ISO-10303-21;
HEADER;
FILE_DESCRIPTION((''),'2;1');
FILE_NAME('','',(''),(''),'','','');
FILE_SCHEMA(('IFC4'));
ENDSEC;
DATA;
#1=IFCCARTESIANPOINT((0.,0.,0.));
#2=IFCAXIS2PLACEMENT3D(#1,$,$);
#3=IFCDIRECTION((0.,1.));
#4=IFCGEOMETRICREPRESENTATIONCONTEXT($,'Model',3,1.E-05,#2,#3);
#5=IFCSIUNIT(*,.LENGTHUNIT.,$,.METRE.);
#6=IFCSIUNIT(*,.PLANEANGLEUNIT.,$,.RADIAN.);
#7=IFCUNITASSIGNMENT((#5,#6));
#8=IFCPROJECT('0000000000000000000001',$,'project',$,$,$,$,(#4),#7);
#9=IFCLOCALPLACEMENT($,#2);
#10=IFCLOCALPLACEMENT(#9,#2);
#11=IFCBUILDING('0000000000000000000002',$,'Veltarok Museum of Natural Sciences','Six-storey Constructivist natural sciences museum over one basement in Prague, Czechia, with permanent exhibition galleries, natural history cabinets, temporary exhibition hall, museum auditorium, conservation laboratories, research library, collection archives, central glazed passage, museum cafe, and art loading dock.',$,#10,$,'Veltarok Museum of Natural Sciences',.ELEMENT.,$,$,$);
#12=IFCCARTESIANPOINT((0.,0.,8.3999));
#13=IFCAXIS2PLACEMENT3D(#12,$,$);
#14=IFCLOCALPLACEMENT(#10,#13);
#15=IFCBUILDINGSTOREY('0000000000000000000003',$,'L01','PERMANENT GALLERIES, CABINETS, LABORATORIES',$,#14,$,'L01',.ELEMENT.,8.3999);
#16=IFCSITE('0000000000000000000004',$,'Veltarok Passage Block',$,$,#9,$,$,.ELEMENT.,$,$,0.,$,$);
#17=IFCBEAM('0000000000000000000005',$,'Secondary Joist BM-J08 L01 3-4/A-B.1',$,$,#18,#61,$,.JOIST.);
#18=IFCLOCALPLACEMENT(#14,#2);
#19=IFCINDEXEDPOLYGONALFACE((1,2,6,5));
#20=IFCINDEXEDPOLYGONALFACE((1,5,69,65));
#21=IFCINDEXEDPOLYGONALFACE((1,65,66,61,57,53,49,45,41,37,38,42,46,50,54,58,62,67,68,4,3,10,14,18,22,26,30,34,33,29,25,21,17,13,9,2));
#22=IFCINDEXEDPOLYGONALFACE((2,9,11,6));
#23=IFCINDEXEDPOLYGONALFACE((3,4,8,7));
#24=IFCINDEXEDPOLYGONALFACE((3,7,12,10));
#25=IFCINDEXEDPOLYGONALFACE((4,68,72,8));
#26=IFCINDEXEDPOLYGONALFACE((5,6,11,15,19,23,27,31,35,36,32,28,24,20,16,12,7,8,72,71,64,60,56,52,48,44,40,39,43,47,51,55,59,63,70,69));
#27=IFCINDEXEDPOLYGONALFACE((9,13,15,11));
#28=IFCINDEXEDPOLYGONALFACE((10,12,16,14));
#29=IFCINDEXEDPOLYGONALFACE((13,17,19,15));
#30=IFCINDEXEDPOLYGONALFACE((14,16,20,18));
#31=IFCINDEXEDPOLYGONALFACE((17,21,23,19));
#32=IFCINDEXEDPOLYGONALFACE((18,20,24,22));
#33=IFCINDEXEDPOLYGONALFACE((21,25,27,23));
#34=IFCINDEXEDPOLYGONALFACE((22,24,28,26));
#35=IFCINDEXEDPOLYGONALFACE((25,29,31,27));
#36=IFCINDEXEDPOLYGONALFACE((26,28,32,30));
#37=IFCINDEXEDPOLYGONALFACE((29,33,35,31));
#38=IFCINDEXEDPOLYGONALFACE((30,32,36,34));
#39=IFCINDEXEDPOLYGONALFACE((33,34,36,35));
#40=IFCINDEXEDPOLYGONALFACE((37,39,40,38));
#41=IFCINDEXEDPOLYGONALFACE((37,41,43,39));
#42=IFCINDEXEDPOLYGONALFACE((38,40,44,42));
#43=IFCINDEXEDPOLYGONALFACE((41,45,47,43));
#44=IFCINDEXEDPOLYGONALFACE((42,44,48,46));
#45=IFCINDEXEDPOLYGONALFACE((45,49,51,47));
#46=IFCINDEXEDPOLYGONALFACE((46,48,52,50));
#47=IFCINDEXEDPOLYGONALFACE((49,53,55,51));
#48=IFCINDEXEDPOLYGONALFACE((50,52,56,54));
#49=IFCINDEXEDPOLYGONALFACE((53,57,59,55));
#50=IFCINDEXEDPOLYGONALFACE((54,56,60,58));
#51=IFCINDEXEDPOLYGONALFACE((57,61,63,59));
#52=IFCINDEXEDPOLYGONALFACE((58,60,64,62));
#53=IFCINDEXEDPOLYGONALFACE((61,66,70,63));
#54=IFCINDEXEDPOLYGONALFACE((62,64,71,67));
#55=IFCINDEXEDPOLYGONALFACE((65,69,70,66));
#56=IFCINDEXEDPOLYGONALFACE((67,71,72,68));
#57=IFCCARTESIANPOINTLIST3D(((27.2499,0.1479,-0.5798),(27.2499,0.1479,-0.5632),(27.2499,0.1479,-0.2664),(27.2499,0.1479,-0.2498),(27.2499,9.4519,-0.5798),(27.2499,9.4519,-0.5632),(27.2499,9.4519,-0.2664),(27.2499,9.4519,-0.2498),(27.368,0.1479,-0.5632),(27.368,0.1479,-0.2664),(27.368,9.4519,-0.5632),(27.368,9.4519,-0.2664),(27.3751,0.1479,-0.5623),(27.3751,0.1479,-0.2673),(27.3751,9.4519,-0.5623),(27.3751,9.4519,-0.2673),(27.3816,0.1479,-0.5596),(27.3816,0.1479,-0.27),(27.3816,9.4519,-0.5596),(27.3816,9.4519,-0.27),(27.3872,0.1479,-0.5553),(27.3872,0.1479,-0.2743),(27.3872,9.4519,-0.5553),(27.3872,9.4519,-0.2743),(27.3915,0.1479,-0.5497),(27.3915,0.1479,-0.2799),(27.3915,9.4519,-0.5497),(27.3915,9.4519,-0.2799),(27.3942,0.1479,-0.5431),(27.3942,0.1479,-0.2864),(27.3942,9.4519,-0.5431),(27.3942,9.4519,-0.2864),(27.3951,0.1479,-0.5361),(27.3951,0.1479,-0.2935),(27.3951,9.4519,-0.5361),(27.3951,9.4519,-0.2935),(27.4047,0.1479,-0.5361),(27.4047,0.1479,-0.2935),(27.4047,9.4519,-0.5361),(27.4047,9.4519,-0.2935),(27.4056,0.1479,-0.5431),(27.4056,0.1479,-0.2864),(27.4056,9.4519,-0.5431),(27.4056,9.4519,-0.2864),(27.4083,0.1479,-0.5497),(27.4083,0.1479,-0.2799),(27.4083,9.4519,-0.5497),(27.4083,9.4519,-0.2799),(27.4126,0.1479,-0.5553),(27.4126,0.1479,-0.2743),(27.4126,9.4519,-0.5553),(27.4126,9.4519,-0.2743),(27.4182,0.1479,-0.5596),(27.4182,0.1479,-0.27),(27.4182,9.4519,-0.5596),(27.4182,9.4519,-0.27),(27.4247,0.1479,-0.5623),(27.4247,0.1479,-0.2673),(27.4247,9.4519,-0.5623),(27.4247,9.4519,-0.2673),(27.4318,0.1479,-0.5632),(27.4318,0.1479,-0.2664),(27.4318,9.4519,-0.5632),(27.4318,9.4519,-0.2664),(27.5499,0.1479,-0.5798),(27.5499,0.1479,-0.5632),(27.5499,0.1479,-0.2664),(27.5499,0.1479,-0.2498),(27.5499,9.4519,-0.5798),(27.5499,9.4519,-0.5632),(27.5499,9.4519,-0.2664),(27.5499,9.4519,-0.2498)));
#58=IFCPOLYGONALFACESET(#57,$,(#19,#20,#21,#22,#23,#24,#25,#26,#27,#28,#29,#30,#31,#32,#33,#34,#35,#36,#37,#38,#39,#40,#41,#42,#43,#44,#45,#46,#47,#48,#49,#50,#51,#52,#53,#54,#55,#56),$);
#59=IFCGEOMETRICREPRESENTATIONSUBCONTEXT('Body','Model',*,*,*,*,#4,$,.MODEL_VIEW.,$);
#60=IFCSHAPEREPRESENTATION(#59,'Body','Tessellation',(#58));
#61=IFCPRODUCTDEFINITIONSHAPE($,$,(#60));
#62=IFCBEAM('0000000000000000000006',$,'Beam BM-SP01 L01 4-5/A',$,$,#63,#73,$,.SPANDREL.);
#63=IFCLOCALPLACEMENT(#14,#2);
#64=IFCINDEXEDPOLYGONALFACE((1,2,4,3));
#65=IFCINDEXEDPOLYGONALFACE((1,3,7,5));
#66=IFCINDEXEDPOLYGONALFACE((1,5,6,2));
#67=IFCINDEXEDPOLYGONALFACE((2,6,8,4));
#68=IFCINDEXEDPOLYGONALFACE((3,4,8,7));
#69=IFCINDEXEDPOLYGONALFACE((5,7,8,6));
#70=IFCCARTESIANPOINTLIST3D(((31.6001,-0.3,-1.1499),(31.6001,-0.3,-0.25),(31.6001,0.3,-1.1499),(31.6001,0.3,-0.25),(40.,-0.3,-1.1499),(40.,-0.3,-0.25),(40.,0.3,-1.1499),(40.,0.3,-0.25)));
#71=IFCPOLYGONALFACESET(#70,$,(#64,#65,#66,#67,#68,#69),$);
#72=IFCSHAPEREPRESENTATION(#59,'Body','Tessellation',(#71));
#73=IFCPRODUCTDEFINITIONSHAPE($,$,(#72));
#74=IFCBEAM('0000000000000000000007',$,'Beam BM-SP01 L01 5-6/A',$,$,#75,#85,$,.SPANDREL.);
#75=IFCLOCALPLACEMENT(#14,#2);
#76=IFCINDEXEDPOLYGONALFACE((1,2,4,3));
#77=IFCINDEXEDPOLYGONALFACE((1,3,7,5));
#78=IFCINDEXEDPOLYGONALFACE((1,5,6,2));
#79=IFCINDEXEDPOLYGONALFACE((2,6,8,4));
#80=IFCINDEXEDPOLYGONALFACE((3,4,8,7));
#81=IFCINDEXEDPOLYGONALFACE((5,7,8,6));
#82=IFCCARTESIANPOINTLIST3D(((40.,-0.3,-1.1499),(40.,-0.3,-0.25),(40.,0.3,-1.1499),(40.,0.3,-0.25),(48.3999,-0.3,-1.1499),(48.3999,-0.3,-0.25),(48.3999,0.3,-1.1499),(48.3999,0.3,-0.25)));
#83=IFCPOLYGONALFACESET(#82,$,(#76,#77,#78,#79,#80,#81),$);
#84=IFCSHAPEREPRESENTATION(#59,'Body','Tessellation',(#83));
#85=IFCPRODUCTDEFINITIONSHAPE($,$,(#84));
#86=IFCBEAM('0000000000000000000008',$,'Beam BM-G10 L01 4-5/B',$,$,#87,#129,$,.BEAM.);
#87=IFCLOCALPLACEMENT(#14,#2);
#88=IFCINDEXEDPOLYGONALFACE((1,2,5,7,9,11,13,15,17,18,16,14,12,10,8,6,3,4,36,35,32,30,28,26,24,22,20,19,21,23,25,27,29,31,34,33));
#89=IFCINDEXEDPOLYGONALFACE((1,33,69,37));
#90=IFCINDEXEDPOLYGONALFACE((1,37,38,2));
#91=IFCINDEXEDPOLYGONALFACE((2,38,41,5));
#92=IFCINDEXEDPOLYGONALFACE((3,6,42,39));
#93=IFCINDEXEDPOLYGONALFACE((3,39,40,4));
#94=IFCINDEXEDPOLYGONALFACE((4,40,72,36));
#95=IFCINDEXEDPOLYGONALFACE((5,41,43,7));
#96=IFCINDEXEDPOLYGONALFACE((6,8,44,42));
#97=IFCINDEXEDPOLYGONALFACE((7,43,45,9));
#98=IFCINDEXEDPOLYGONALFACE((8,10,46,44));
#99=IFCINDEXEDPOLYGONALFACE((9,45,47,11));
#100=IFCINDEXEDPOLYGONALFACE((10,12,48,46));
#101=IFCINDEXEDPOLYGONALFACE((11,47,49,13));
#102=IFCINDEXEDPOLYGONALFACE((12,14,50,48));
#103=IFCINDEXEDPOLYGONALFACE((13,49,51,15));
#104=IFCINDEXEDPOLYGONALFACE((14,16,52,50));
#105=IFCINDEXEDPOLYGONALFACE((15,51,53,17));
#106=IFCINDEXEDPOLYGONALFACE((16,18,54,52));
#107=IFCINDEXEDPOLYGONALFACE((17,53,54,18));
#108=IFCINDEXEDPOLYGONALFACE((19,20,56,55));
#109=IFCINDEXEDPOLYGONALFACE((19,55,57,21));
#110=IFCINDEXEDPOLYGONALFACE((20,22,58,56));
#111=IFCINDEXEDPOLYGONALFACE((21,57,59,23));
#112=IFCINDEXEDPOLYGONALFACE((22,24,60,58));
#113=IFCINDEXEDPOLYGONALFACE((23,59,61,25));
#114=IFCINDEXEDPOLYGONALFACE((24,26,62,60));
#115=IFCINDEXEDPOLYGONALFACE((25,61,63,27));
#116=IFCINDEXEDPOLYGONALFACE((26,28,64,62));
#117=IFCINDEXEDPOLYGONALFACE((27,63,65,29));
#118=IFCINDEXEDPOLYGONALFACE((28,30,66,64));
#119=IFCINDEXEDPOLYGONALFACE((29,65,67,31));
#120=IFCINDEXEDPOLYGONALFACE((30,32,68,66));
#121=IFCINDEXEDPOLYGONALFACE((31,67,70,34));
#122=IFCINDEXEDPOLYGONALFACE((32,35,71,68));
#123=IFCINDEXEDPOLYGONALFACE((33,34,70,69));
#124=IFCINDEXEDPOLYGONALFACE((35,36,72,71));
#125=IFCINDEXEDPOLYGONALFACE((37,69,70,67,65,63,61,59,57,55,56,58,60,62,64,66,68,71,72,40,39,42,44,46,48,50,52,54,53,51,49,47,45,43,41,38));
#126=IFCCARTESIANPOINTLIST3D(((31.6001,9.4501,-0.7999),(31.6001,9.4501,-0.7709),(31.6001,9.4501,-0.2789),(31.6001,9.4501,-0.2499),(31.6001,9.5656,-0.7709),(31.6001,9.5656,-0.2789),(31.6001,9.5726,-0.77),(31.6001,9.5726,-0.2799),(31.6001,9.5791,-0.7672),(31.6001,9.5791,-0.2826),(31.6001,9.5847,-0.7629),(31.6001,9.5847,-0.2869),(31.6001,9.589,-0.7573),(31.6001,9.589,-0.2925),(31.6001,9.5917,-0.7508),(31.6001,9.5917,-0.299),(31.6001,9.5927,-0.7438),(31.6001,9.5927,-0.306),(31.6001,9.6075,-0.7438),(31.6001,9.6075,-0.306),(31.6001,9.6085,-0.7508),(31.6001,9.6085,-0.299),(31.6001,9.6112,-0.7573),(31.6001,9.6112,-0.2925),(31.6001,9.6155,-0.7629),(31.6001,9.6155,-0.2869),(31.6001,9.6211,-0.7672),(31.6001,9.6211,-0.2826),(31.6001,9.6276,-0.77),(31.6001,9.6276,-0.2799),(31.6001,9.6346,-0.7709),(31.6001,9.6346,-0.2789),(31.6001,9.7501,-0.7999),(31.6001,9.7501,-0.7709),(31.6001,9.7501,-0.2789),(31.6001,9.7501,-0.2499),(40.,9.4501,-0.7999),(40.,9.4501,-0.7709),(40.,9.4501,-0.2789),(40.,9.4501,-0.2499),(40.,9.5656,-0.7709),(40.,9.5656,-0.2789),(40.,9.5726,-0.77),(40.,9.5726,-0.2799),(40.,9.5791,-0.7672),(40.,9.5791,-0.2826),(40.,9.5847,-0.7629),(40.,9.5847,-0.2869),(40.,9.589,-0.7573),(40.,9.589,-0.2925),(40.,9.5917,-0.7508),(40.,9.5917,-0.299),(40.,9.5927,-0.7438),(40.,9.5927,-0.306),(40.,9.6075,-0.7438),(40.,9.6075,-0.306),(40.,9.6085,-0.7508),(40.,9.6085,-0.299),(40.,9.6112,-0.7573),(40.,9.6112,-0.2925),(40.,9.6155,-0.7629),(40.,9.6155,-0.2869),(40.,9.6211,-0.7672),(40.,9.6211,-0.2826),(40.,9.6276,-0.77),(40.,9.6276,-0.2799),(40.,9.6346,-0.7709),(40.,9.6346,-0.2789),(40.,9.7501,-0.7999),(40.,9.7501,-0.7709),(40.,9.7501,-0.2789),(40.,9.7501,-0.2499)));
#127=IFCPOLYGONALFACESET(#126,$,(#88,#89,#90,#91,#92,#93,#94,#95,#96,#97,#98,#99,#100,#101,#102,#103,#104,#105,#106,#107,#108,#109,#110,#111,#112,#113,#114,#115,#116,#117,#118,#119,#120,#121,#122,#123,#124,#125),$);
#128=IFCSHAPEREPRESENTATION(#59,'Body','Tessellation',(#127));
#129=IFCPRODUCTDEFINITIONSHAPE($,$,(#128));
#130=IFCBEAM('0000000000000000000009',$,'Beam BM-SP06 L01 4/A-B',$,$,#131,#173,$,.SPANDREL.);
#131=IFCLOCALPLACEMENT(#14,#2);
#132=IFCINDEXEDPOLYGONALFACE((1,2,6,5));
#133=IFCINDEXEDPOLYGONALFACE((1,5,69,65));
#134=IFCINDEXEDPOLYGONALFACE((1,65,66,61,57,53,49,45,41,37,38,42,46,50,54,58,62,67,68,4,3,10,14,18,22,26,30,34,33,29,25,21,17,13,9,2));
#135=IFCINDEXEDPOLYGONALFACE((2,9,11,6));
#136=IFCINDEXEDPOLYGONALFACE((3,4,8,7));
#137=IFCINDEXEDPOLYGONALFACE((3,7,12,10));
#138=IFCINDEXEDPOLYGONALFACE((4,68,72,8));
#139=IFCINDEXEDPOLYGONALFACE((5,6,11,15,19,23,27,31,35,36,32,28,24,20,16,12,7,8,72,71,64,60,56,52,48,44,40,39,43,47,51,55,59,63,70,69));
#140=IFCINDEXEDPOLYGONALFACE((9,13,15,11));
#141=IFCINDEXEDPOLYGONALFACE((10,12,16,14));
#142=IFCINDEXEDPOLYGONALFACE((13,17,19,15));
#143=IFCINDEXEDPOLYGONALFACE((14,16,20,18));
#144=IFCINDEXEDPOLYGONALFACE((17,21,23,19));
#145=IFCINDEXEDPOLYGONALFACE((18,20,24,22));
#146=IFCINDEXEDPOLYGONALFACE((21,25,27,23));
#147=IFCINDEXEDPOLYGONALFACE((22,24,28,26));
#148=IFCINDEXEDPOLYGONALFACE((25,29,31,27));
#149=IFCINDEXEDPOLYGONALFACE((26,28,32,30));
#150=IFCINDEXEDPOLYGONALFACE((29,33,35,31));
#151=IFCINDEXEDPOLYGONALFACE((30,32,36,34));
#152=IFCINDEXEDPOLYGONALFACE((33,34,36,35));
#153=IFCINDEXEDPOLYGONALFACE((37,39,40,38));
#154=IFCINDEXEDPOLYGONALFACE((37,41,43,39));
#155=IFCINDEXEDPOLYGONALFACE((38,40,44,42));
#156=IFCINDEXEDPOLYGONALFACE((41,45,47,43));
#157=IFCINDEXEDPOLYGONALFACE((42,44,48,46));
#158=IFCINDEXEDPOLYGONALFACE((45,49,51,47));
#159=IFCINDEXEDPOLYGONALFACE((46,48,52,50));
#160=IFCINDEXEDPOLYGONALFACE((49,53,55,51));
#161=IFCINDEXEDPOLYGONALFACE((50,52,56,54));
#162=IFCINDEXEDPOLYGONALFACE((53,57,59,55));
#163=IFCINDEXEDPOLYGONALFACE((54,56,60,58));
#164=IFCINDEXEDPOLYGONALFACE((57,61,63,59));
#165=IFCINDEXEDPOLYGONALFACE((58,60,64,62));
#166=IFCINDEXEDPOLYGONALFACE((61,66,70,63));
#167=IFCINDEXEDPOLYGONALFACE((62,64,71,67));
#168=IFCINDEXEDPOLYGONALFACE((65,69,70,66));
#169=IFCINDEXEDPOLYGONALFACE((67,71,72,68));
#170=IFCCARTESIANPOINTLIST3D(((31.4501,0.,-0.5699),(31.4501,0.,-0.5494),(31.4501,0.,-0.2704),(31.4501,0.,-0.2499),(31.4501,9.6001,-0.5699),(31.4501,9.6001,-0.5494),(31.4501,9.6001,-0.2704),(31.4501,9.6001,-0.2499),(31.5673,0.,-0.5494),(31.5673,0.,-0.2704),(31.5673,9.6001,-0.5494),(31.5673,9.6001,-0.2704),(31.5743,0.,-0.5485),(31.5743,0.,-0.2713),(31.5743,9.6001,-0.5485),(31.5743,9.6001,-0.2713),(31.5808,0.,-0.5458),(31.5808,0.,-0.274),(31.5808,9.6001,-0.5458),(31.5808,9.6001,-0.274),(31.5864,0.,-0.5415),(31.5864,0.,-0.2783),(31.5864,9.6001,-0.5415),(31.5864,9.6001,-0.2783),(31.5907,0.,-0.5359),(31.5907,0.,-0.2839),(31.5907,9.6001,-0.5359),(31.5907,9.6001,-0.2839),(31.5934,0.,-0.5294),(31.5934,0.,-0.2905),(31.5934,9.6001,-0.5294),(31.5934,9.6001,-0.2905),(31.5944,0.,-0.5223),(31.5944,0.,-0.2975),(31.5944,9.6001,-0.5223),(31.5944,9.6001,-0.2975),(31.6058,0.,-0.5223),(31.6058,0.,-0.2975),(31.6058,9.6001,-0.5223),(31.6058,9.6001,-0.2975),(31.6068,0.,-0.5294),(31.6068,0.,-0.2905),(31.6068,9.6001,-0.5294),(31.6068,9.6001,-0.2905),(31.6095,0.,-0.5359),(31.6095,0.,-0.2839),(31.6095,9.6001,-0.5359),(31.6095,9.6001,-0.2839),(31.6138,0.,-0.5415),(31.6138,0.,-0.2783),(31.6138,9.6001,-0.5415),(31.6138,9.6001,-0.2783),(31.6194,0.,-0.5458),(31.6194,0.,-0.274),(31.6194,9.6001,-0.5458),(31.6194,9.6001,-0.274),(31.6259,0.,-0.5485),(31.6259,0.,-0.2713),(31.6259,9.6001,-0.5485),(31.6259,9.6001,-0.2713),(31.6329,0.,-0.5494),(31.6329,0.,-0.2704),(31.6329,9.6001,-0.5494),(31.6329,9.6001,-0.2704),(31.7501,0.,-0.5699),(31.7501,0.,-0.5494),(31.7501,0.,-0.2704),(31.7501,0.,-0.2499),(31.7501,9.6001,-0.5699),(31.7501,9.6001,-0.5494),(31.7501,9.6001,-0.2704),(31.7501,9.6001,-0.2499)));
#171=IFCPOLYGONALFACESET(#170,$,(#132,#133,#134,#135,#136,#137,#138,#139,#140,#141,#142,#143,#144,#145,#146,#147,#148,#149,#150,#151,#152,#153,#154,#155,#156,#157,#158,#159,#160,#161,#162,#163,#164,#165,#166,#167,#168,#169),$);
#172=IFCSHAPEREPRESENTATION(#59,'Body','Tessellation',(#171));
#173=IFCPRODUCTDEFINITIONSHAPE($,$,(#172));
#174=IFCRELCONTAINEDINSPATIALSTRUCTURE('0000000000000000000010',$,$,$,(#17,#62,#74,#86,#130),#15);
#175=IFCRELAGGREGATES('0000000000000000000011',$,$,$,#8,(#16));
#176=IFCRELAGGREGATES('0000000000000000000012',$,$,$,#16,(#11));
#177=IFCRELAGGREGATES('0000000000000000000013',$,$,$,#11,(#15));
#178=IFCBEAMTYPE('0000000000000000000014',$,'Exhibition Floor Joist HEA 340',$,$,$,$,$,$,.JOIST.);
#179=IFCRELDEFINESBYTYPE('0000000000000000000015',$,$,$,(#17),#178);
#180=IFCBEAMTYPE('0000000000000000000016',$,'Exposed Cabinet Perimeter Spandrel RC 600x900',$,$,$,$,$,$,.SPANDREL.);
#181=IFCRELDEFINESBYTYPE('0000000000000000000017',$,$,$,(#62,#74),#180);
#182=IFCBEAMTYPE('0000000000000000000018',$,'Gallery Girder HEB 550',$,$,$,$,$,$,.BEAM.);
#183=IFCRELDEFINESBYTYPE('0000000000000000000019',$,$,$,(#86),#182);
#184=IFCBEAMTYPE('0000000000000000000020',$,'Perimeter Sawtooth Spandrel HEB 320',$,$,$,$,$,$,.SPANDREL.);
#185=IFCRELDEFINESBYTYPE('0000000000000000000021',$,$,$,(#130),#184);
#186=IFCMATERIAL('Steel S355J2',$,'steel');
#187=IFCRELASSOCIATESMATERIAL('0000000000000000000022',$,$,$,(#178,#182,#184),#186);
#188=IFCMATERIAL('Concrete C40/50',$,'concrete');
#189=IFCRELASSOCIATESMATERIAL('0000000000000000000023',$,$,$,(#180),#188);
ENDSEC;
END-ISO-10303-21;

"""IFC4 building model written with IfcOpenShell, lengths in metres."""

from ifc_helpers import new_model, si_unit, direction, frame, origin, origin_2d, place, context, subcontext, project, spatial, rectangle, i_section, extrude, material, material_profile, profile_set, type_object, element, save


model = new_model("IFC4")

# Units and contexts
model_context = context("Model", 3, precision=1e-05, world=origin(), true_north=direction((0.0, 1.0)))
body_context = subcontext(model_context, "Body", "Model", "MODEL_VIEW")
ifc_project = project(units=[si_unit("LENGTHUNIT", "METRE"), si_unit("PLANEANGLEUNIT", "RADIAN")], contexts=[model_context])

# Site, building, storey
site_placement = place(None, origin())
site = spatial("IfcSite", under=ifc_project, at=site_placement, Name="Veltarok Passage Block", CompositionType="ELEMENT", RefElevation=0.0)
building_placement = place(site_placement, origin())
building = spatial("IfcBuilding", under=site, at=building_placement, Name="Veltarok Museum of Natural Sciences", Description="Six-storey Constructivist natural sciences museum over one basement in Prague, Czechia, with permanent exhibition galleries, natural history cabinets, temporary exhibition hall, museum auditorium, conservation laboratories, research library, collection archives, central glazed passage, museum cafe, and art loading dock.", LongName="Veltarok Museum of Natural Sciences", CompositionType="ELEMENT")
storey_placement = place(building_placement, frame((0.0, 0.0, 8.3999)))
storey = spatial("IfcBuildingStorey", under=building, at=storey_placement, Name="L01", Description="PERMANENT GALLERIES, CABINETS, LABORATORIES", LongName="L01", CompositionType="ELEMENT", Elevation=8.3999)

# Shared definitions
ifc_material_1 = material(Name="Concrete C40/50", Category="concrete")
ifc_material_2 = material(Name="Steel S355J2", Category="steel")

# Beams
ifc_material_profile_1 = material_profile(ifc_material_2, i_section(OverallWidth=0.3, OverallDepth=0.3301, WebThickness=0.0095, FlangeThickness=0.0166, FilletRadius=0.0271, at=origin_2d()), Name="HEA 340")
ifc_profile_set_1 = profile_set([ifc_material_profile_1], Name="Steel S355J2")
beam_type_1 = type_object("IfcBeamType", Name="Exhibition Floor Joist HEA 340", PredefinedType="JOIST", material=ifc_profile_set_1)
beam_1_placement = place(storey_placement, frame((27.3999, 0.1479, -0.4148), z_axis=(0.0, 1.0, 0.0), x_axis=(-1.0, 0.0, 0.0)))
element("IfcBeam", 1, at=beam_1_placement, inside=storey, type_object=beam_type_1, Name="Secondary Joist BM-J08 L01 3-4/A-B.1", PredefinedType="JOIST", context=body_context, shape_type="SweptSolid", body=[
    extrude(i_section(OverallWidth=0.3, OverallDepth=0.3301, WebThickness=0.0095, FlangeThickness=0.0166, FilletRadius=0.0271, at=origin_2d()), origin(), (0.0, 0.0, 1.0), 9.304),
])
ifc_material_profile_2 = material_profile(ifc_material_1, rectangle(XDim=0.6001, YDim=0.8999, at=origin_2d()), Name="RC 600x900")
ifc_profile_set_2 = profile_set([ifc_material_profile_2], Name="Concrete C40/50")
beam_type_2 = type_object("IfcBeamType", Name="Exposed Cabinet Perimeter Spandrel RC 600x900", PredefinedType="SPANDREL", material=ifc_profile_set_2)
for number, where, z_axis, x_axis, name in (
    (2, (31.6001, 0.0, -0.7), (1.0, 0.0, 0.0), (0.0, 1.0, 0.0), "Beam BM-SP01 L01 4-5/A"),
    (3, (40.0, 0.0, -0.7), (1.0, 0.0, 0.0), (0.0, 1.0, 0.0), "Beam BM-SP01 L01 5-6/A"),
):
    element("IfcBeam", number, at=place(storey_placement, frame(where, z_axis=z_axis, x_axis=x_axis)), inside=storey, type_object=beam_type_2, Name=name, PredefinedType="SPANDREL", context=body_context, shape_type="SweptSolid", body=[
        extrude(rectangle(XDim=0.6001, YDim=0.8999, at=origin_2d()), origin(), (0.0, 0.0, 1.0), 8.3999),
    ])
ifc_material_profile_3 = material_profile(ifc_material_2, i_section(OverallWidth=0.3, OverallDepth=0.55, WebThickness=0.0149, FlangeThickness=0.0291, FilletRadius=0.0271, at=origin_2d()), Name="HEB 550")
ifc_profile_set_3 = profile_set([ifc_material_profile_3], Name="Steel S355J2")
beam_type_3 = type_object("IfcBeamType", Name="Gallery Girder HEB 550", PredefinedType="BEAM", material=ifc_profile_set_3)
beam_2_placement = place(storey_placement, frame((31.6001, 9.6001, -0.5249), z_axis=(1.0, 0.0, 0.0), x_axis=(0.0, 1.0, 0.0)))
element("IfcBeam", 4, at=beam_2_placement, inside=storey, type_object=beam_type_3, Name="Beam BM-G10 L01 4-5/B", PredefinedType="BEAM", context=body_context, shape_type="SweptSolid", body=[
    extrude(i_section(OverallWidth=0.3, OverallDepth=0.55, WebThickness=0.0149, FlangeThickness=0.0291, FilletRadius=0.0271, at=origin_2d()), origin(), (0.0, 0.0, 1.0), 8.3999),
])
ifc_material_profile_4 = material_profile(ifc_material_2, i_section(OverallWidth=0.3, OverallDepth=0.3201, WebThickness=0.0115, FlangeThickness=0.0205, FilletRadius=0.0271, at=origin_2d()), Name="HEB 320")
ifc_profile_set_4 = profile_set([ifc_material_profile_4], Name="Steel S355J2")
beam_type_4 = type_object("IfcBeamType", Name="Perimeter Sawtooth Spandrel HEB 320", PredefinedType="SPANDREL", material=ifc_profile_set_4)
beam_3_placement = place(storey_placement, frame((31.6001, 0.0, -0.4099), z_axis=(0.0, 1.0, 0.0), x_axis=(-1.0, 0.0, 0.0)))
element("IfcBeam", 5, at=beam_3_placement, inside=storey, type_object=beam_type_4, Name="Beam BM-SP06 L01 4/A-B", PredefinedType="SPANDREL", context=body_context, shape_type="SweptSolid", body=[
    extrude(i_section(OverallWidth=0.3, OverallDepth=0.3201, WebThickness=0.0115, FlangeThickness=0.0205, FilletRadius=0.0271, at=origin_2d()), origin(), (0.0, 0.0, 1.0), 9.6001),
])

save(model, "model.ifc")
